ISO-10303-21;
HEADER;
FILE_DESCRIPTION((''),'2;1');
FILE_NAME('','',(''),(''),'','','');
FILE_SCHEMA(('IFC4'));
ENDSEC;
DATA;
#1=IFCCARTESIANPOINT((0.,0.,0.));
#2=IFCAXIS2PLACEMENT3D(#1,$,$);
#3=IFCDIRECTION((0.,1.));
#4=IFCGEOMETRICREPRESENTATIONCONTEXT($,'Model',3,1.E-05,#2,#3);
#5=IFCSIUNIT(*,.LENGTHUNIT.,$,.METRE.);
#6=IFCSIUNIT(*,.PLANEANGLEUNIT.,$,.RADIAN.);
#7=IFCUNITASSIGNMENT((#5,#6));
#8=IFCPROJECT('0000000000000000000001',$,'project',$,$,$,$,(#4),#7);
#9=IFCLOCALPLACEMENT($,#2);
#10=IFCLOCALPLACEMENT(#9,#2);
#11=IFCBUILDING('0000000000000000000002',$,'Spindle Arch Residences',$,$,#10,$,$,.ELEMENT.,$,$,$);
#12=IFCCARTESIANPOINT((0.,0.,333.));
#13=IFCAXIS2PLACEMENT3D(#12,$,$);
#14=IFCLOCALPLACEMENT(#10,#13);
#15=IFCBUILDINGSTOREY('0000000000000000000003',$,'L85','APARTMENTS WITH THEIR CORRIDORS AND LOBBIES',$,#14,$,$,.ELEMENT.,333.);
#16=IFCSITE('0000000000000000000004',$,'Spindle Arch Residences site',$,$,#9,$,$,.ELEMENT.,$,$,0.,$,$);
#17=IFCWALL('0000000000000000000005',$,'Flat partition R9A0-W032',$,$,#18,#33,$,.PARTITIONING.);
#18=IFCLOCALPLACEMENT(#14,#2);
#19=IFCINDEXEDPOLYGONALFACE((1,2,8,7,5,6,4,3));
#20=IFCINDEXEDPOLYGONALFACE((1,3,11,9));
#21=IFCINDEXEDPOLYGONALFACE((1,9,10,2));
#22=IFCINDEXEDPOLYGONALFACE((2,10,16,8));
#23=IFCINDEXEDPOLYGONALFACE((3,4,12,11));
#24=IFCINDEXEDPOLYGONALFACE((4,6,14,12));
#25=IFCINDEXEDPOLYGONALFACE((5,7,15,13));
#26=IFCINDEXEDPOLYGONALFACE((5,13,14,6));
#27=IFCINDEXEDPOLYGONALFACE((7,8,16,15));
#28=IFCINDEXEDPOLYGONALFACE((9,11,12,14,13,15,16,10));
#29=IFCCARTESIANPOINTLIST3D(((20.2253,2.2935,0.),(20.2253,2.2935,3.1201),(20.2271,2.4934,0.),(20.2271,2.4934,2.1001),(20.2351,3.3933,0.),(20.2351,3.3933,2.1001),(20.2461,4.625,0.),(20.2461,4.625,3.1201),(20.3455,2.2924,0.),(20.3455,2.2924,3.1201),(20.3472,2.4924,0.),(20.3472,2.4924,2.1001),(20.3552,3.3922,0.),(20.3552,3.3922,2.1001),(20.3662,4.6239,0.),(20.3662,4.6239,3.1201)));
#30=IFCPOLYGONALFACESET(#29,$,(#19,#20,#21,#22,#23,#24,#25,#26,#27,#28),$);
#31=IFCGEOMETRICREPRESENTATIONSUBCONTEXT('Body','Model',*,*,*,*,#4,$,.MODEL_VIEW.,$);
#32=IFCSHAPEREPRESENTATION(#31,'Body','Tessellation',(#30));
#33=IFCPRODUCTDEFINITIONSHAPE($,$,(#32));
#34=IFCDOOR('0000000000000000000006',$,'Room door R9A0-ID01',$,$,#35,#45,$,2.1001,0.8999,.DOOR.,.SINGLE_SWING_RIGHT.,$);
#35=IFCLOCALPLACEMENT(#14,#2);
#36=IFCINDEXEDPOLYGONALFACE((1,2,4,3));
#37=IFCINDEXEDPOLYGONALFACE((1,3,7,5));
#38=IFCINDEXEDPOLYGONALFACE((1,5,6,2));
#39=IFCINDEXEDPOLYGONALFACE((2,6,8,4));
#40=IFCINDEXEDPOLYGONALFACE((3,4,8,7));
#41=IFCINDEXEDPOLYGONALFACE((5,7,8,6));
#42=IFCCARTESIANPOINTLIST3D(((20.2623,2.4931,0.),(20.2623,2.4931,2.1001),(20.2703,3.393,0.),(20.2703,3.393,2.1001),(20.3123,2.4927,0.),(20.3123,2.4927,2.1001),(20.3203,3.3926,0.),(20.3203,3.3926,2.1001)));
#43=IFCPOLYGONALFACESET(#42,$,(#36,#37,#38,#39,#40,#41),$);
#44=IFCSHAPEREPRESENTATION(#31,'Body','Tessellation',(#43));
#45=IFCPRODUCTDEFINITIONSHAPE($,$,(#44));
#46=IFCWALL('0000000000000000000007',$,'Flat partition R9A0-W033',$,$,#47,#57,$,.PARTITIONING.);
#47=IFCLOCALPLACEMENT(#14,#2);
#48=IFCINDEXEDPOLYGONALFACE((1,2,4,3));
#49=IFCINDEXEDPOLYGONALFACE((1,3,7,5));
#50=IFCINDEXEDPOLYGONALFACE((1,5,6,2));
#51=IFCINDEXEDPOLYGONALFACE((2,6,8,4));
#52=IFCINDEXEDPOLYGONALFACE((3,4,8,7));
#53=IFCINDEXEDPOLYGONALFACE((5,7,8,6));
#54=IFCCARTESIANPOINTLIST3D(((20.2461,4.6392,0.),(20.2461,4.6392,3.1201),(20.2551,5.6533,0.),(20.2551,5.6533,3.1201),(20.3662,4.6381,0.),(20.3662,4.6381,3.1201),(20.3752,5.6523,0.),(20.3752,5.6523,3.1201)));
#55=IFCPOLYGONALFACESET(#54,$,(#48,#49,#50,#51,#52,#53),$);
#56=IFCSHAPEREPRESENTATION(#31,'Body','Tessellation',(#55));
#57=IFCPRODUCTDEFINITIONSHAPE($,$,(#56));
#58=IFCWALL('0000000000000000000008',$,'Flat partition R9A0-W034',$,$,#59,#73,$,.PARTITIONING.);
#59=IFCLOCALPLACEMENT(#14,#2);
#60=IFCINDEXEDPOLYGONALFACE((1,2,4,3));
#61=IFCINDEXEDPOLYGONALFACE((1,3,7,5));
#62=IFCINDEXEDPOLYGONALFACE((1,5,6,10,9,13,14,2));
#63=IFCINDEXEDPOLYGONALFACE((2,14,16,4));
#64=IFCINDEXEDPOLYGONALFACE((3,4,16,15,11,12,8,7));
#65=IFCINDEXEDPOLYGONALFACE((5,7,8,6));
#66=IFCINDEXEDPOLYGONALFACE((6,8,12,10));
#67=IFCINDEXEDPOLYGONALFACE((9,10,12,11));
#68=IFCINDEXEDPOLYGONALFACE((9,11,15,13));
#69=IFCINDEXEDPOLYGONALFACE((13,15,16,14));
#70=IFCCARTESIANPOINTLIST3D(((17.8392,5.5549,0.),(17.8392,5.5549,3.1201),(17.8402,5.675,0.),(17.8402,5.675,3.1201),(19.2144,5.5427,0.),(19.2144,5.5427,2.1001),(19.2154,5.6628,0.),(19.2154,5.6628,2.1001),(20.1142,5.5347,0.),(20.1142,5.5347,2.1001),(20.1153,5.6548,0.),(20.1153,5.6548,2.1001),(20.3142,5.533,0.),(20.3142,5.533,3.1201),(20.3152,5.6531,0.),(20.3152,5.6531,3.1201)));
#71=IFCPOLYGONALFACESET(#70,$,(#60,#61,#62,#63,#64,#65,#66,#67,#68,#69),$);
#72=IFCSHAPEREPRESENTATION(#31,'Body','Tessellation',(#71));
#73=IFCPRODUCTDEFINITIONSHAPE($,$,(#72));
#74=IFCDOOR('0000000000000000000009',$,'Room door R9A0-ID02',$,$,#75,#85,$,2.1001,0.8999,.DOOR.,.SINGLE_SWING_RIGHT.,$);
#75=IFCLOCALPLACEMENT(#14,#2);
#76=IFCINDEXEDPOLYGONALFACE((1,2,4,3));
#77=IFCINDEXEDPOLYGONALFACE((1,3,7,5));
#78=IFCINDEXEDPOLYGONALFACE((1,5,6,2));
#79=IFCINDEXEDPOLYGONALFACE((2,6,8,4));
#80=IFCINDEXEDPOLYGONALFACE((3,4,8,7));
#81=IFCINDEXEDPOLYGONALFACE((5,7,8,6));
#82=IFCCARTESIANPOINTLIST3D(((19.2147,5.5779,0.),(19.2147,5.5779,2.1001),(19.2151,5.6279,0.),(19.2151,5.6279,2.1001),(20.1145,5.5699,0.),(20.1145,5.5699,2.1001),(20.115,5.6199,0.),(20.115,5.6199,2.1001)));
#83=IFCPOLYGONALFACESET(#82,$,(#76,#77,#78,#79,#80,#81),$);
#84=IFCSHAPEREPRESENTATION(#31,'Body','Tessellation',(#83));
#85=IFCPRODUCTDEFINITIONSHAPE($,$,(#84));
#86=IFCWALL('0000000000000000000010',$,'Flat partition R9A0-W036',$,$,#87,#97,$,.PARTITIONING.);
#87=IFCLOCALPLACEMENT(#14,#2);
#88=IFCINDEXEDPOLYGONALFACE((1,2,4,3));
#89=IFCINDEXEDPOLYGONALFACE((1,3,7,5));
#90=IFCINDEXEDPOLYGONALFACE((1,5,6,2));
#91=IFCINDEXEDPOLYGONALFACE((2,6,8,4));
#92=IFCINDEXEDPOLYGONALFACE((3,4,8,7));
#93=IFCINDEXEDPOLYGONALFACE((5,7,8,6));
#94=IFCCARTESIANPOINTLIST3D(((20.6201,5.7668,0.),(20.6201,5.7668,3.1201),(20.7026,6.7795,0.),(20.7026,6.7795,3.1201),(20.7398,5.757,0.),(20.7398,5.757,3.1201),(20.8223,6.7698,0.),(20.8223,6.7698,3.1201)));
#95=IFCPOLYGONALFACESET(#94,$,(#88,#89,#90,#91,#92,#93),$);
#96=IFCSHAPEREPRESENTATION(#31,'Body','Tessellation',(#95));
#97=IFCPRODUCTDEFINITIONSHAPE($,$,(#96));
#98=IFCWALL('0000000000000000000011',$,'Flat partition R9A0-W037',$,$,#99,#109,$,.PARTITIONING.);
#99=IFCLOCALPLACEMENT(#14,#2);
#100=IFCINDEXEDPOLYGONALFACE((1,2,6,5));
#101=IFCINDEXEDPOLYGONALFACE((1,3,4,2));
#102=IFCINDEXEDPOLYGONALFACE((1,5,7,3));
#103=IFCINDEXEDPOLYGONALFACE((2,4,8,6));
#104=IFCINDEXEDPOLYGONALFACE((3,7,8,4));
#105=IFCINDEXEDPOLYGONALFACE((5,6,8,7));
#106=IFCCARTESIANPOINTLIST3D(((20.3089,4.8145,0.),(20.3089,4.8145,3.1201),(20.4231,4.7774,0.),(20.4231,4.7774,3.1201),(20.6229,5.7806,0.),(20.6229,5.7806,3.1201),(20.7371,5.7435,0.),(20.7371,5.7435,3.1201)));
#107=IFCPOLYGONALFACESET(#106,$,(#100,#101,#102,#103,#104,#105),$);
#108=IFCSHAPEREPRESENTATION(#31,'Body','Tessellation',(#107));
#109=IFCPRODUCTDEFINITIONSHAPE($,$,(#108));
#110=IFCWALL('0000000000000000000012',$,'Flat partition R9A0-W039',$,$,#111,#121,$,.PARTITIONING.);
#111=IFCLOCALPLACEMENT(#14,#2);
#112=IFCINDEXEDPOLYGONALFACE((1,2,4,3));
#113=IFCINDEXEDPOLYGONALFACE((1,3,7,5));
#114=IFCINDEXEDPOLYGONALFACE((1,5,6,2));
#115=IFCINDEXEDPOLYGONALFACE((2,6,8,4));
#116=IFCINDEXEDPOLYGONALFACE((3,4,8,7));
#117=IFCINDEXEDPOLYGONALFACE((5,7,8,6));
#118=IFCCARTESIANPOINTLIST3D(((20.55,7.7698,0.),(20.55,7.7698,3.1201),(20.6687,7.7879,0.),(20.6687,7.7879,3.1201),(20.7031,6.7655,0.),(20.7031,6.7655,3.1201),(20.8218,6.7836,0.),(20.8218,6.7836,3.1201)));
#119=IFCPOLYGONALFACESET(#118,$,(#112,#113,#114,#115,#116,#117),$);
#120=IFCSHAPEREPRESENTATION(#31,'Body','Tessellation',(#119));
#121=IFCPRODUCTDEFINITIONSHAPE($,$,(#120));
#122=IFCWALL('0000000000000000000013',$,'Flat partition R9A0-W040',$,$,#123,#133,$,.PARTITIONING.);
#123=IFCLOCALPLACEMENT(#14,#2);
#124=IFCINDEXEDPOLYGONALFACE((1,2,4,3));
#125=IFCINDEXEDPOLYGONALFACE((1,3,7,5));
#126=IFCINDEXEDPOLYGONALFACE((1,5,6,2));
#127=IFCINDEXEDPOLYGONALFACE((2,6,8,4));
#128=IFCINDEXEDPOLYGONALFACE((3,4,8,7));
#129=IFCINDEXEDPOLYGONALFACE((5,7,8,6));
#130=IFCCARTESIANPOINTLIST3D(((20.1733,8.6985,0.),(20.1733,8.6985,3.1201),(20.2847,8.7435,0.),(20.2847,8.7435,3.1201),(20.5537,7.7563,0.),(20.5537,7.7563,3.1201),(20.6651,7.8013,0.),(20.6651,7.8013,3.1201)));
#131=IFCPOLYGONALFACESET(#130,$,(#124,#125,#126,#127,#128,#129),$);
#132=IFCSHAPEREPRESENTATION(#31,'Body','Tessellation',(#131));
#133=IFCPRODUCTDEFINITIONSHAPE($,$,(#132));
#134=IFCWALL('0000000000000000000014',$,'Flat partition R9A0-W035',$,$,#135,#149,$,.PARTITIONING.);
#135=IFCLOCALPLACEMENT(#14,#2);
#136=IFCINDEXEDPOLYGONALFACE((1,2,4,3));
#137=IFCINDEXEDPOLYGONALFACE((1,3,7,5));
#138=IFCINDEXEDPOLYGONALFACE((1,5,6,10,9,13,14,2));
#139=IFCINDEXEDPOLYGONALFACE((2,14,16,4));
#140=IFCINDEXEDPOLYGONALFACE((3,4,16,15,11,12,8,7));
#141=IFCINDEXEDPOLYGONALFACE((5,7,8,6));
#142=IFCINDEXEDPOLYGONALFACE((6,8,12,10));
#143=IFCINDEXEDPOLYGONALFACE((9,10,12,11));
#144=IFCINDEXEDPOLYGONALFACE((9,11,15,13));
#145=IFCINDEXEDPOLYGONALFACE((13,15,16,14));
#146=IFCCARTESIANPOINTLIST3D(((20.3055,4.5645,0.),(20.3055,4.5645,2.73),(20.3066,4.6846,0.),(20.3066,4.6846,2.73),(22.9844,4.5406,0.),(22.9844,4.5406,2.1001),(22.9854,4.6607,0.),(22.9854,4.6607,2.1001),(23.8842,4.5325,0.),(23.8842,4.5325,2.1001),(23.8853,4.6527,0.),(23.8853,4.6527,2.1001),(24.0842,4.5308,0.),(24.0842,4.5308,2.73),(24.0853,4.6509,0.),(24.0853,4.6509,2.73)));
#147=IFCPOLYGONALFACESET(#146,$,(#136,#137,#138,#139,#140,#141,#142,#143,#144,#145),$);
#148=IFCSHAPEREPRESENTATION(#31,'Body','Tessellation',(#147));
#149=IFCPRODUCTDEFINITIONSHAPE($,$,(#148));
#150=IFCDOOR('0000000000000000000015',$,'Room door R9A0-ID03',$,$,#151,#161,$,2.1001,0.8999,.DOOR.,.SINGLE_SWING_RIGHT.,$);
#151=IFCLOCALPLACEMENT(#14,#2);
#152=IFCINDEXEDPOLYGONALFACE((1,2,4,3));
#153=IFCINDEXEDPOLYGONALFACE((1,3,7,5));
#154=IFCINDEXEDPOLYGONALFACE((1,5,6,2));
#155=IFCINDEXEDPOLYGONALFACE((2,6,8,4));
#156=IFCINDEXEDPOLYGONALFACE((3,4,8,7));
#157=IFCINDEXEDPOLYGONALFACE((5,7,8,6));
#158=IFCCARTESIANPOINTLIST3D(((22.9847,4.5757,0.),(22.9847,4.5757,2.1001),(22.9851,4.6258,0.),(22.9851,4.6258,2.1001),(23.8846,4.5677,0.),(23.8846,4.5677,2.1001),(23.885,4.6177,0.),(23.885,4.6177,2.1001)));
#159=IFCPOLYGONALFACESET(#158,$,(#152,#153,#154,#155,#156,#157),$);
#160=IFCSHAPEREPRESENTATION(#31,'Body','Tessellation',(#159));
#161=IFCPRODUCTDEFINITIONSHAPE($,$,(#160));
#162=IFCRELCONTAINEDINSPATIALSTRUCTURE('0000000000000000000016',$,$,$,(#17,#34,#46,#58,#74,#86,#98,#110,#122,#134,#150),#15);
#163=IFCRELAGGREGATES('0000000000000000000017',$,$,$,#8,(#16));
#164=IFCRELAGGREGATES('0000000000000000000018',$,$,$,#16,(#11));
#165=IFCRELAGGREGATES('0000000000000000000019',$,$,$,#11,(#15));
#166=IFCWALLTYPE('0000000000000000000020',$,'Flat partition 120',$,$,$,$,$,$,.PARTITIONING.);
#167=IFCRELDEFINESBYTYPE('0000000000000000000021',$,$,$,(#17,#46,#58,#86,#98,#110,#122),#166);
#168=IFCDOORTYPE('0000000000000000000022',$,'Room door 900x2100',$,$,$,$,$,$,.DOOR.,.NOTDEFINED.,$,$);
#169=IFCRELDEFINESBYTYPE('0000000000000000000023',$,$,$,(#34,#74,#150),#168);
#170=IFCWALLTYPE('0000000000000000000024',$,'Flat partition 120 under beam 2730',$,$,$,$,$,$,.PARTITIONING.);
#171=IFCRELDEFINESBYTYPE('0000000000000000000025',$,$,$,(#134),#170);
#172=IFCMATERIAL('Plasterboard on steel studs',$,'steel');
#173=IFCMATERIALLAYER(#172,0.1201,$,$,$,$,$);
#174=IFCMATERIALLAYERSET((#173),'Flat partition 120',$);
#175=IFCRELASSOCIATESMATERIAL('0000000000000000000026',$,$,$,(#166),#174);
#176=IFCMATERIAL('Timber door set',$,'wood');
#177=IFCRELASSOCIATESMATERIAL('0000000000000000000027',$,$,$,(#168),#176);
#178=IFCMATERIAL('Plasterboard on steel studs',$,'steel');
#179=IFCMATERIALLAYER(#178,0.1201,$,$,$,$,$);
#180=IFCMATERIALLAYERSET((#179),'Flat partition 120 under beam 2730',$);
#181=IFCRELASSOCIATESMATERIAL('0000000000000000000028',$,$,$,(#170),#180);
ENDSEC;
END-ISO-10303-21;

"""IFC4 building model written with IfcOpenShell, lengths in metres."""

from ifc_helpers import new_model, si_unit, direction, frame, frame_2d, origin, place, context, subcontext, project, spatial, rectangle, extrude, material, layer, layer_set, type_object, element, fill, save


model = new_model("IFC4")

# Units and contexts
model_context = context("Model", 3, precision=1e-05, world=origin(), true_north=direction((0.0, 1.0)))
body_context = subcontext(model_context, "Body", "Model", "MODEL_VIEW")
ifc_project = project(units=[si_unit("LENGTHUNIT", "METRE"), si_unit("PLANEANGLEUNIT", "RADIAN")], contexts=[model_context])

# Site, building, storey
site_placement = place(None, origin())
site = spatial("IfcSite", under=ifc_project, at=site_placement, Name="Spindle Arch Residences site", CompositionType="ELEMENT", RefElevation=0.0)
building_placement = place(site_placement, origin())
building = spatial("IfcBuilding", under=site, at=building_placement, Name="Spindle Arch Residences", CompositionType="ELEMENT")
storey_placement = place(building_placement, frame((0.0, 0.0, 333.0)))
storey = spatial("IfcBuildingStorey", under=building, at=storey_placement, Name="L85", Description="APARTMENTS WITH THEIR CORRIDORS AND LOBBIES", CompositionType="ELEMENT", Elevation=333.0)

# Shared definitions
ifc_material_1 = material(Name="Plasterboard on steel studs", Category="steel")
ifc_layer_1 = layer(ifc_material_1, 0.1201)
ifc_layer_set_1 = layer_set([ifc_layer_1], Name="Flat partition 120")
wall_type_1 = type_object("IfcWallType", Name="Flat partition 120", PredefinedType="PARTITIONING", material=ifc_layer_set_1)

# Wall, opening, door
wall_1_placement = place(storey_placement, frame((20.2854, 2.293, 0.0), z_axis=(0.0, 0.0, 1.0), x_axis=(0.0089, 0.99996, 0.0)))
wall_1 = element("IfcWall", 1, at=wall_1_placement, inside=storey, type_object=wall_type_1, Name="Flat partition R9A0-W032", PredefinedType="PARTITIONING", context=body_context, shape_type="SweptSolid", body=[
    extrude(rectangle(XDim=2.3315, YDim=0.1201, at=frame_2d((1.1658, 0.0))), origin(), (0.0, 0.0, 1.0), 3.1201),
])
opening_1_placement = place(wall_1_placement, frame((0.2, 0.0, 0.0)))
opening_1 = element("IfcOpeningElement", 2, at=opening_1_placement, cuts=wall_1, PredefinedType="OPENING", context=body_context, shape_type="SweptSolid", body=[
    extrude(rectangle(XDim=0.8999, YDim=2.1001, at=frame_2d((0.45, 1.05))), frame((0.0, 0.0701, 0.0), z_axis=(0.0, -1.0, 0.0), x_axis=(1.0, 0.0, 0.0)), (0.0, 0.0, 1.0), 0.1401),
])
ifc_material_2 = material(Name="Timber door set", Category="wood")
door_type = type_object("IfcDoorType", Name="Room door 900x2100", OperationType="NOTDEFINED", PredefinedType="DOOR", material=ifc_material_2)
door_1_placement = place(opening_1_placement, origin())
door_1 = element("IfcDoor", 3, at=door_1_placement, inside=storey, type_object=door_type, Name="Room door R9A0-ID01", OperationType="SINGLE_SWING_RIGHT", OverallHeight=2.1001, OverallWidth=0.8999, PredefinedType="DOOR", context=body_context, shape_type="SweptSolid", body=[
    extrude(rectangle(XDim=0.8999, YDim=2.1001, at=frame_2d((0.45, 1.05))), frame((0.0, 0.0249, 0.0), z_axis=(0.0, -1.0, 0.0), x_axis=(1.0, 0.0, 0.0)), (0.0, 0.0, 1.0), 0.05),
])
fill(opening_1, door_1)

# Wall
wall_2_placement = place(storey_placement, frame((20.3062, 4.6387, 0.0), z_axis=(0.0, 0.0, 1.0), x_axis=(0.008907, 0.99996, 0.0)))
element("IfcWall", 4, at=wall_2_placement, inside=storey, type_object=wall_type_1, Name="Flat partition R9A0-W033", PredefinedType="PARTITIONING", context=body_context, shape_type="SweptSolid", body=[
    extrude(rectangle(XDim=1.0142, YDim=0.1201, at=frame_2d((0.5071, 0.0))), origin(), (0.0, 0.0, 1.0), 3.1201),
])

# Wall, opening, door
wall_3_placement = place(storey_placement, frame((20.3147, 5.593, 0.0), z_axis=(0.0, 0.0, 1.0), x_axis=(-0.999961, 0.008877, 0.0)))
wall_3 = element("IfcWall", 5, at=wall_3_placement, inside=storey, type_object=wall_type_1, Name="Flat partition R9A0-W034", PredefinedType="PARTITIONING", context=body_context, shape_type="SweptSolid", body=[
    extrude(rectangle(XDim=2.4751, YDim=0.1201, at=frame_2d((1.2375, 0.0))), origin(), (0.0, 0.0, 1.0), 3.1201),
])
opening_2_placement = place(wall_3_placement, frame((0.2, 0.0, 0.0)))
opening_2 = element("IfcOpeningElement", 6, at=opening_2_placement, cuts=wall_3, PredefinedType="OPENING", context=body_context, shape_type="SweptSolid", body=[
    extrude(rectangle(XDim=0.8999, YDim=2.1001, at=frame_2d((0.45, 1.05))), frame((0.0, 0.0701, 0.0), z_axis=(0.0, -1.0, 0.0), x_axis=(1.0, 0.0, 0.0)), (0.0, 0.0, 1.0), 0.1401),
])
door_2_placement = place(opening_2_placement, origin())
door_2 = element("IfcDoor", 7, at=door_2_placement, inside=storey, type_object=door_type, Name="Room door R9A0-ID02", OperationType="SINGLE_SWING_RIGHT", OverallHeight=2.1001, OverallWidth=0.8999, PredefinedType="DOOR", context=body_context, shape_type="SweptSolid", body=[
    extrude(rectangle(XDim=0.8999, YDim=2.1001, at=frame_2d((0.45, 1.05))), frame((0.0, 0.0249, 0.0), z_axis=(0.0, -1.0, 0.0), x_axis=(1.0, 0.0, 0.0)), (0.0, 0.0, 1.0), 0.05),
])
fill(opening_2, door_2)

# Walls
wall_4_placement = place(storey_placement, frame((20.7625, 6.7747, 0.0), z_axis=(0.0, 0.0, 1.0), x_axis=(-0.081216, -0.996697, 0.0)))
element("IfcWall", 8, at=wall_4_placement, inside=storey, type_object=wall_type_1, Name="Flat partition R9A0-W036", PredefinedType="PARTITIONING", context=body_context, shape_type="SweptSolid", body=[
    extrude(rectangle(XDim=1.0161, YDim=0.1201, at=frame_2d((0.5081, 0.0))), origin(), (0.0, 0.0, 1.0), 3.1201),
])
for number, where, z_axis, x_axis, name in (
    (9, (20.6799, 5.762, 0.0), (0.0, 0.0, 1.0), (-0.309081, -0.951036, 0.0), "Flat partition R9A0-W037"),
    (10, (20.7625, 6.7747, 0.0), (0.0, 0.0, 1.0), (-0.150702, 0.988579, 0.0), "Flat partition R9A0-W039"),
):
    element("IfcWall", number, at=place(storey_placement, frame(where, z_axis=z_axis, x_axis=x_axis)), inside=storey, type_object=wall_type_1, Name=name, PredefinedType="PARTITIONING", context=body_context, shape_type="SweptSolid", body=[
        extrude(rectangle(XDim=1.0159, YDim=0.1201, at=frame_2d((0.5078, 0.0))), origin(), (0.0, 0.0, 1.0), 3.1201),
    ])
wall_5_placement = place(storey_placement, frame((20.6094, 7.7788, 0.0), z_axis=(0.0, 0.0, 1.0), x_axis=(-0.374372, 0.927279, 0.0)))
element("IfcWall", 11, at=wall_5_placement, inside=storey, type_object=wall_type_1, Name="Flat partition R9A0-W040", PredefinedType="PARTITIONING", context=body_context, shape_type="SweptSolid", body=[
    extrude(rectangle(XDim=1.0161, YDim=0.1201, at=frame_2d((0.5081, 0.0))), origin(), (0.0, 0.0, 1.0), 3.1201),
])

# Wall, opening, door
ifc_material_3 = material(Name="Plasterboard on steel studs", Category="steel")
ifc_layer_2 = layer(ifc_material_3, 0.1201)
ifc_layer_set_2 = layer_set([ifc_layer_2], Name="Flat partition 120 under beam 2730")
wall_type_2 = type_object("IfcWallType", Name="Flat partition 120 under beam 2730", PredefinedType="PARTITIONING", material=ifc_layer_set_2)
wall_6_placement = place(storey_placement, frame((24.0847, 4.5908, 0.0), z_axis=(0.0, 0.0, 1.0), x_axis=(-0.99996, 0.008916, 0.0)))
wall_6 = element("IfcWall", 12, at=wall_6_placement, inside=storey, type_object=wall_type_2, Name="Flat partition R9A0-W035", PredefinedType="PARTITIONING", context=body_context, shape_type="SweptSolid", body=[
    extrude(rectangle(XDim=3.7788, YDim=0.1201, at=frame_2d((1.8894, 0.0))), origin(), (0.0, 0.0, 1.0), 2.73),
])
opening_3_placement = place(wall_6_placement, frame((0.2, 0.0, 0.0)))
opening_3 = element("IfcOpeningElement", 13, at=opening_3_placement, cuts=wall_6, PredefinedType="OPENING", context=body_context, shape_type="SweptSolid", body=[
    extrude(rectangle(XDim=0.8999, YDim=2.1001, at=frame_2d((0.45, 1.05))), frame((0.0, 0.0701, 0.0), z_axis=(0.0, -1.0, 0.0), x_axis=(1.0, 0.0, 0.0)), (0.0, 0.0, 1.0), 0.1401),
])
door_3_placement = place(opening_3_placement, origin())
door_3 = element("IfcDoor", 14, at=door_3_placement, inside=storey, type_object=door_type, Name="Room door R9A0-ID03", OperationType="SINGLE_SWING_RIGHT", OverallHeight=2.1001, OverallWidth=0.8999, PredefinedType="DOOR", context=body_context, shape_type="SweptSolid", body=[
    extrude(rectangle(XDim=0.8999, YDim=2.1001, at=frame_2d((0.45, 1.05))), frame((0.0, 0.0249, 0.0), z_axis=(0.0, -1.0, 0.0), x_axis=(1.0, 0.0, 0.0)), (0.0, 0.0, 1.0), 0.05),
])
fill(opening_3, door_3)

save(model, "model.ifc")
